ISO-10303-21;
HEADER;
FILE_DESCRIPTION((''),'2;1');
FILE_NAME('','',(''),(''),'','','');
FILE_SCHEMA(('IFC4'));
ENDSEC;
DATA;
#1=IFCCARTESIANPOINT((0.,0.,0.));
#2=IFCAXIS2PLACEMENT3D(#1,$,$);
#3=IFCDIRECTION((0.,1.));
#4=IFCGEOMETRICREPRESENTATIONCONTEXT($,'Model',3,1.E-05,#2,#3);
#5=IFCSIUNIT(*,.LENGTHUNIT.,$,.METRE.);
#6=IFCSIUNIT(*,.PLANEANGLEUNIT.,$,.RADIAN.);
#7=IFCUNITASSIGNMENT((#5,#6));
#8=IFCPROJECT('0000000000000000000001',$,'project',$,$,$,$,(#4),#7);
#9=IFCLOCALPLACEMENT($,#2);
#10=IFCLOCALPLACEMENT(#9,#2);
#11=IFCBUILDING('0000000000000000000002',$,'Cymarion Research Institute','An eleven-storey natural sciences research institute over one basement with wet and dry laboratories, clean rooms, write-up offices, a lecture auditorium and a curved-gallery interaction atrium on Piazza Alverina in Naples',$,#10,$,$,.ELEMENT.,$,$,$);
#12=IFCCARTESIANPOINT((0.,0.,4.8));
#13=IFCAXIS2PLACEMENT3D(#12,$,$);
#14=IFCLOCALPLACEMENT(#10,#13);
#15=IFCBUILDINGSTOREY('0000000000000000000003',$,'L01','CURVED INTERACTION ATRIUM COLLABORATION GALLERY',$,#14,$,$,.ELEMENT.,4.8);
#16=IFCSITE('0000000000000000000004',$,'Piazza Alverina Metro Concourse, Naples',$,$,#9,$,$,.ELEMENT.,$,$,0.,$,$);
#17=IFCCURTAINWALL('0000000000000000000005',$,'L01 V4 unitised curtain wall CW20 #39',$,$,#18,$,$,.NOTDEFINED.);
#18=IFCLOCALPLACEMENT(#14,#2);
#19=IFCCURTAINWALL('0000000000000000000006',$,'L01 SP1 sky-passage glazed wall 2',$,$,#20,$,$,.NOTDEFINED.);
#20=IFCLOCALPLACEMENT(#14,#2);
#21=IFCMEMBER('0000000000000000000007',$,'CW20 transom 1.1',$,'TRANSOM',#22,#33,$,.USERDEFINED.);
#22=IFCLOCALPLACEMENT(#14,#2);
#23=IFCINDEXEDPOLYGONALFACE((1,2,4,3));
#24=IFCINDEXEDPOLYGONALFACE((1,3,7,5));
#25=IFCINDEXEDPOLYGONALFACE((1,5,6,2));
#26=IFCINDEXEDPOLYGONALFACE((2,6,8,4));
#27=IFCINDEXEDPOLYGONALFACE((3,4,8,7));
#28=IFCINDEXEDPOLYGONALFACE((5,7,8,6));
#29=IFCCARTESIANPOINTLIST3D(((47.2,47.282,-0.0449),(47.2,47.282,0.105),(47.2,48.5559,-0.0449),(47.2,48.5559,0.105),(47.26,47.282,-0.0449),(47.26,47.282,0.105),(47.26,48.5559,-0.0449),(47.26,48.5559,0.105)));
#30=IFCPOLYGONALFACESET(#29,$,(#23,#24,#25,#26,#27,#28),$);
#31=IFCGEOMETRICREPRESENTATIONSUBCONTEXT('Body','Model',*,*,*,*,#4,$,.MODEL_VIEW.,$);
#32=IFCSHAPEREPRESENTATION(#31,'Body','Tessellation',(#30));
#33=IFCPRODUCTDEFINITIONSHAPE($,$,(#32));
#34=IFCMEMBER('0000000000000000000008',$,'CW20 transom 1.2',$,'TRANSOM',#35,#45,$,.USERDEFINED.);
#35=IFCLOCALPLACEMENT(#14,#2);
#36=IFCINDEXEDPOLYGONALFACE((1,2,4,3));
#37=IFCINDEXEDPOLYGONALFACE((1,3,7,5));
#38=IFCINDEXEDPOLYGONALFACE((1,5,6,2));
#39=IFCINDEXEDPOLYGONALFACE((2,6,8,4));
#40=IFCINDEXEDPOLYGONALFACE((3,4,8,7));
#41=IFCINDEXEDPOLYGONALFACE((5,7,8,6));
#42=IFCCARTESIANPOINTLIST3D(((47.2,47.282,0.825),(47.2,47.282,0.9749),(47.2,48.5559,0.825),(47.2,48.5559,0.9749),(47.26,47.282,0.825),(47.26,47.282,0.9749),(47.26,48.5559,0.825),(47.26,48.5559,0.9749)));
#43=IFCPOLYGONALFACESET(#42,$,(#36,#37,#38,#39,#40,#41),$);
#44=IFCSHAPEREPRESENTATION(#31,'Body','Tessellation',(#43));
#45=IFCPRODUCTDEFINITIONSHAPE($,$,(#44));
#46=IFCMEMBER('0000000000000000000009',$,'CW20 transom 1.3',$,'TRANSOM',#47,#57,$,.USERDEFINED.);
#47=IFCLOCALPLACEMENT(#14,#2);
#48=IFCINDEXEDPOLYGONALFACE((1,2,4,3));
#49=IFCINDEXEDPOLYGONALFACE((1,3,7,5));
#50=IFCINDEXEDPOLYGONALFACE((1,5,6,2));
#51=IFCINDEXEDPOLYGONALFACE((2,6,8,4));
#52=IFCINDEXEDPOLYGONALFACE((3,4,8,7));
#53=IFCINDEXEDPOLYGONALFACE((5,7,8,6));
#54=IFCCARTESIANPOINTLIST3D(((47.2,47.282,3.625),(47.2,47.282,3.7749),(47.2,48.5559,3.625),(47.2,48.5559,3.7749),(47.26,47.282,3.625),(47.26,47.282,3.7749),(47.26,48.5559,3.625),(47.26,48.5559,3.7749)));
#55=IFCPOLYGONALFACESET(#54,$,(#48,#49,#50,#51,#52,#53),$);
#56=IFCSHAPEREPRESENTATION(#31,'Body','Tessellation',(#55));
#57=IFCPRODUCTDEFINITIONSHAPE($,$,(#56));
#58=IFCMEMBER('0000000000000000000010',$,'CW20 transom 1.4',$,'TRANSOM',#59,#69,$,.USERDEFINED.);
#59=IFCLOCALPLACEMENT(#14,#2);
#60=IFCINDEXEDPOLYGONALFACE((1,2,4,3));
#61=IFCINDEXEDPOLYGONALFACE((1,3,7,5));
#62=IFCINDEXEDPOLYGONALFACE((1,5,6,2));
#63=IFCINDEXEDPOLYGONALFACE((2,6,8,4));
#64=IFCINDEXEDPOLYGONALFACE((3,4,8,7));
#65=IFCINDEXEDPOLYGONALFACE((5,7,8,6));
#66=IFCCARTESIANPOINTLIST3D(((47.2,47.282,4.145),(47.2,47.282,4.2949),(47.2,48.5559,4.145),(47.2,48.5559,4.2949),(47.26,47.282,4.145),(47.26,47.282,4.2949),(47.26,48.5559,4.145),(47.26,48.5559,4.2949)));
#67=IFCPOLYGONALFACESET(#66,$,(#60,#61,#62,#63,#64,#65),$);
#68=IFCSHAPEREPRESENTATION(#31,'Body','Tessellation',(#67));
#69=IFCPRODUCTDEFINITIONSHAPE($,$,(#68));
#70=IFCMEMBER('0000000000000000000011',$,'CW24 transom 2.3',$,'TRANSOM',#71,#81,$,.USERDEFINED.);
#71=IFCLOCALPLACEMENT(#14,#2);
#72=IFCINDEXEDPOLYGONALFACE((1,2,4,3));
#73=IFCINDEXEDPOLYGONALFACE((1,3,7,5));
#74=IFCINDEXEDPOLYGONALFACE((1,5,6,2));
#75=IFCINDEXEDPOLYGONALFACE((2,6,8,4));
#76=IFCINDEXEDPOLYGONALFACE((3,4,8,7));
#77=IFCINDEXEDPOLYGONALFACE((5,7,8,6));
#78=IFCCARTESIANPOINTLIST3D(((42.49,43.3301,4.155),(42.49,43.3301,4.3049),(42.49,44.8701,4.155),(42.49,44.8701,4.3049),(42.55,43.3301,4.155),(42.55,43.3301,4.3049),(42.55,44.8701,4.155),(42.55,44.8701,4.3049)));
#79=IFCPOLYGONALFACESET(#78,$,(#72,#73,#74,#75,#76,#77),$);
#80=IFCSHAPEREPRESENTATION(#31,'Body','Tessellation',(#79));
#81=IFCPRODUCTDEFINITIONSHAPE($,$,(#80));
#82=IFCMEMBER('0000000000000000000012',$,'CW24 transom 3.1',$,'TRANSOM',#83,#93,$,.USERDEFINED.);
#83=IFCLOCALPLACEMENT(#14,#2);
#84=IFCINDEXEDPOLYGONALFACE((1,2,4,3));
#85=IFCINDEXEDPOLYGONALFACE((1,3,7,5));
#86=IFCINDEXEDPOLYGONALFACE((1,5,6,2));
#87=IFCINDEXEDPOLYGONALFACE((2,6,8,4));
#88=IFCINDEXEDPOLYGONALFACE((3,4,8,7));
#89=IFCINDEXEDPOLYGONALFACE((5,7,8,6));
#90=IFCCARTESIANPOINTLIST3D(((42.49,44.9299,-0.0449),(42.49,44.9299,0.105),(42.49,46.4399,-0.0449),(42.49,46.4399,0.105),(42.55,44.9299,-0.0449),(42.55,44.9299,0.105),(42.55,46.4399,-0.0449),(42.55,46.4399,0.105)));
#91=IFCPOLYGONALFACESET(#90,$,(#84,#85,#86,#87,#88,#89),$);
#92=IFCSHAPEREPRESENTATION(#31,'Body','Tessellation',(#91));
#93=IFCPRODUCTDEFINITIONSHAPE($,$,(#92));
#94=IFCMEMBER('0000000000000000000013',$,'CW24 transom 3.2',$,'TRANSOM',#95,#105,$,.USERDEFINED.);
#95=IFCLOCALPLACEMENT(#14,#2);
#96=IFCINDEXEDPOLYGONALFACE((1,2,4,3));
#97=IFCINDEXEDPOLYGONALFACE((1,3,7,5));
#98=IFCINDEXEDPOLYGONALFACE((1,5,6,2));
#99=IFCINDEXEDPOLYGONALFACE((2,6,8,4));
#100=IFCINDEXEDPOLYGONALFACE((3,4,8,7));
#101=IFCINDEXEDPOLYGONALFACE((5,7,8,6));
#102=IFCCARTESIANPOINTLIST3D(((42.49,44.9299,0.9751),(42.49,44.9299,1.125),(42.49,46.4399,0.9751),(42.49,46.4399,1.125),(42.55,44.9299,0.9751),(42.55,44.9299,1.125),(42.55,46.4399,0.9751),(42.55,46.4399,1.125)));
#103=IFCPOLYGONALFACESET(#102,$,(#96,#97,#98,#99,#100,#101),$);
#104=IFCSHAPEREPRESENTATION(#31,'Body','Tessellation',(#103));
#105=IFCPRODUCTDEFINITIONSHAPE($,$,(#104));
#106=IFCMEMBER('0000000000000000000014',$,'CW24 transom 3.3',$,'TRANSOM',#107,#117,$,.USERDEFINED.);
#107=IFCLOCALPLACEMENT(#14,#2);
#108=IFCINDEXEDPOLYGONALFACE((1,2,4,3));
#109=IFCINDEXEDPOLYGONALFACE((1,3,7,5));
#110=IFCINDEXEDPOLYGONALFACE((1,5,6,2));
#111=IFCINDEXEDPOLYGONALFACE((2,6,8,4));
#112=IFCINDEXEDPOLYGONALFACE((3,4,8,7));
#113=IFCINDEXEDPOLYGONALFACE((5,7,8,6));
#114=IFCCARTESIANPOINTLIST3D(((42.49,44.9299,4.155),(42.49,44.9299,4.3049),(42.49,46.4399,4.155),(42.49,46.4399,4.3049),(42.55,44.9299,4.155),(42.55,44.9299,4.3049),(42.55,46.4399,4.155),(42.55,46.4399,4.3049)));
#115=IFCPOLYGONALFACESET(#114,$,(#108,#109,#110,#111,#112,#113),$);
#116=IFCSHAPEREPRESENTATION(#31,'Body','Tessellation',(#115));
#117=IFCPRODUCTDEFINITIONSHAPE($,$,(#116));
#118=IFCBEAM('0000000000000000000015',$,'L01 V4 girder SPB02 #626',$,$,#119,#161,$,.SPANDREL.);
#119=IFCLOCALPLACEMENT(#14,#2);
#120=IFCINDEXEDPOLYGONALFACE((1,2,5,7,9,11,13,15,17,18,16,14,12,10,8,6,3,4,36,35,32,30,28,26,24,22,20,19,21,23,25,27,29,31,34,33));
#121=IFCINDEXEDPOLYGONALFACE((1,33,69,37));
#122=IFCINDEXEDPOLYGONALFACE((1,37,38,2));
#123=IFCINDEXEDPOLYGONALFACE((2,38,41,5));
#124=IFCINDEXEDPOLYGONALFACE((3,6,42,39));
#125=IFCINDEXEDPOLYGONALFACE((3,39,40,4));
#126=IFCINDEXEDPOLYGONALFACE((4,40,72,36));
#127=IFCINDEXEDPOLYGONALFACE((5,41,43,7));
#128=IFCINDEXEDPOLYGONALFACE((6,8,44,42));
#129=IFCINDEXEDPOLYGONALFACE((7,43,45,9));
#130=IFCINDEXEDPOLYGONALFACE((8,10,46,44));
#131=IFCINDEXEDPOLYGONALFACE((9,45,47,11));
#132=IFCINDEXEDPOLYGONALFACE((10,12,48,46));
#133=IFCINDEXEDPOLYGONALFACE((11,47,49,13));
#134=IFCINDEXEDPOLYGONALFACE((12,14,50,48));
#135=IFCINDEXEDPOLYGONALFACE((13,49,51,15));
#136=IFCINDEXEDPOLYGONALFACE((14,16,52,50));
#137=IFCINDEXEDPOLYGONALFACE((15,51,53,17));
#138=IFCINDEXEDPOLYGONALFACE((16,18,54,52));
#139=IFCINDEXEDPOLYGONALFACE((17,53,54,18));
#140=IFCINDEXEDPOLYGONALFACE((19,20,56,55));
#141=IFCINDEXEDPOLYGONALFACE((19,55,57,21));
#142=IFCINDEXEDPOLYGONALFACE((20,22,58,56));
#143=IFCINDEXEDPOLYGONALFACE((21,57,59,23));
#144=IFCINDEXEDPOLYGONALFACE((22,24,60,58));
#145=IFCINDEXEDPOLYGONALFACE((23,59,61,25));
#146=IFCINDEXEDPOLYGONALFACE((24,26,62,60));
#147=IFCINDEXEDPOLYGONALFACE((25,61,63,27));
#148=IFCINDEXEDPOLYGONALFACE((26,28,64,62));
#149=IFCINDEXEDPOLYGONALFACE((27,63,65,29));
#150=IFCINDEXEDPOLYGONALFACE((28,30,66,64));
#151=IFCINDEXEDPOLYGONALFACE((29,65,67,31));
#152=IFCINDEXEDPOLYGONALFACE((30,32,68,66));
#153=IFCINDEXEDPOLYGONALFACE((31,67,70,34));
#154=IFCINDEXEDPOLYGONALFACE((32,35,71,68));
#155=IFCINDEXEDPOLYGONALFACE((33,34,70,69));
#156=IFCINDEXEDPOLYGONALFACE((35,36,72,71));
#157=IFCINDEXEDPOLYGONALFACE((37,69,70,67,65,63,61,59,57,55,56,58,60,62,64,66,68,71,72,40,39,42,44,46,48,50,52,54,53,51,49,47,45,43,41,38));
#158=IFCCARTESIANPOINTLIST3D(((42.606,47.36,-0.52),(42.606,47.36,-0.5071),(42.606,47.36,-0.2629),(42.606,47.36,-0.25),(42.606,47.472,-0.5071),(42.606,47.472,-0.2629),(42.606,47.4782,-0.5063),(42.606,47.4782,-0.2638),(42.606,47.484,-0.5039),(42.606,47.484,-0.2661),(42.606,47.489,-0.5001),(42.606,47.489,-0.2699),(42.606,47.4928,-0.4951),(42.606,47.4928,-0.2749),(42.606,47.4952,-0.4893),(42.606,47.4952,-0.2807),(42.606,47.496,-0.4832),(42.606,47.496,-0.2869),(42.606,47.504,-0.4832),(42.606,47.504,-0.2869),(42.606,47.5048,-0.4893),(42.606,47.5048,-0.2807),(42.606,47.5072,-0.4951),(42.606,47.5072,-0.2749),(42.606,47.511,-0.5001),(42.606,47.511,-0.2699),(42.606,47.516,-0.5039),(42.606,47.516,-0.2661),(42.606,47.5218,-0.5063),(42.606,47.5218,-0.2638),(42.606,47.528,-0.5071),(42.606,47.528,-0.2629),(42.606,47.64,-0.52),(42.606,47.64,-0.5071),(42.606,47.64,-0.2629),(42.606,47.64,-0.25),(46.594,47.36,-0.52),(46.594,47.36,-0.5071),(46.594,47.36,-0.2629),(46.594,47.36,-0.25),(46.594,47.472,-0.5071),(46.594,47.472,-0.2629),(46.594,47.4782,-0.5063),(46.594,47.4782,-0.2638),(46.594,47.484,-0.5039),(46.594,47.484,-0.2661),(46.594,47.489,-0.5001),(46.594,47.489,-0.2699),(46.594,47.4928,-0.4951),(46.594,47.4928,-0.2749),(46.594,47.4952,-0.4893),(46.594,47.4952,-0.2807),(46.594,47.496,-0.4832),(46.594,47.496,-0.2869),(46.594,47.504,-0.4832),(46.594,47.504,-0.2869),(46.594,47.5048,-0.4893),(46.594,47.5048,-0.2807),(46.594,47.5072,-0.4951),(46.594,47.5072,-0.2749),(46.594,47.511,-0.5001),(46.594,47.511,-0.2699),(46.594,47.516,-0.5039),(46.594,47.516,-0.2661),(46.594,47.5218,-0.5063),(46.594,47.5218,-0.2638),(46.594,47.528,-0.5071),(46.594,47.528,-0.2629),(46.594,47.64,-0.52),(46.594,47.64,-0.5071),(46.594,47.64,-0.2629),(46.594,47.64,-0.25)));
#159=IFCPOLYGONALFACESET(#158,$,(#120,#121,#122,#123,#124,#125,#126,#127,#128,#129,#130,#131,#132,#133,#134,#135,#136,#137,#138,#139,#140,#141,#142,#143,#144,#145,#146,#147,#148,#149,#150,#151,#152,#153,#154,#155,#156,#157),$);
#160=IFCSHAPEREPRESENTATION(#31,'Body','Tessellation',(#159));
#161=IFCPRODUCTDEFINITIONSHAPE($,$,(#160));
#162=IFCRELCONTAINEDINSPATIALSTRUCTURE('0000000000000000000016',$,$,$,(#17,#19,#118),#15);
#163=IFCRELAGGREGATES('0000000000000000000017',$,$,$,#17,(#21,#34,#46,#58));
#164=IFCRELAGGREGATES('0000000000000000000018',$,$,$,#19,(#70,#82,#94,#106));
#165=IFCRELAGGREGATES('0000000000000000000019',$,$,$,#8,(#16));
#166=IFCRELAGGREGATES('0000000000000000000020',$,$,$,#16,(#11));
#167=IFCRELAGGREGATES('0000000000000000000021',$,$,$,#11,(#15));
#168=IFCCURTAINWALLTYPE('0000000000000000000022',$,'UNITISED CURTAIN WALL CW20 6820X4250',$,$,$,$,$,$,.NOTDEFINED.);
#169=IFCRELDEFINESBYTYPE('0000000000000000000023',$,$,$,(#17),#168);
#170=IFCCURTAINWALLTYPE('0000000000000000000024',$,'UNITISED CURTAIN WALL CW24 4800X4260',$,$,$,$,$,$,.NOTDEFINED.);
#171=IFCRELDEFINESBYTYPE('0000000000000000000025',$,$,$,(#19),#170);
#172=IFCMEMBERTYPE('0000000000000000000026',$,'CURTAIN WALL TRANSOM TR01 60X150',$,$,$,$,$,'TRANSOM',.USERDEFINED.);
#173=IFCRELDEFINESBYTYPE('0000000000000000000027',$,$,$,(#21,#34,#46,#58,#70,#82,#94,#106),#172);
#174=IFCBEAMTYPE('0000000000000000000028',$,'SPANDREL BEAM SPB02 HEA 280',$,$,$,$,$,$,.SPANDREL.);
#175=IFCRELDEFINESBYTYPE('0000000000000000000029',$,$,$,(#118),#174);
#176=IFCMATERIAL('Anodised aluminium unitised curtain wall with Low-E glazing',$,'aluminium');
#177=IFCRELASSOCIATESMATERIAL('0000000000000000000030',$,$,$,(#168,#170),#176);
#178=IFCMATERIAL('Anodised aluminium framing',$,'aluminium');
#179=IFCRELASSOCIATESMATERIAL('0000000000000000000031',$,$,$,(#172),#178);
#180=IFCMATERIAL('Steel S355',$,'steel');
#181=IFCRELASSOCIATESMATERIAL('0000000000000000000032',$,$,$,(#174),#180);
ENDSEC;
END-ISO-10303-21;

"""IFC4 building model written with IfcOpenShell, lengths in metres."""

from ifc_helpers import new_model, si_unit, direction, frame, origin, origin_2d, place, context, subcontext, project, spatial, rectangle, i_section, extrude, material, material_profile, profile_set, type_object, element, aggregate, save


model = new_model("IFC4")

# Units and contexts
model_context = context("Model", 3, precision=1e-05, world=origin(), true_north=direction((0.0, 1.0)))
body_context = subcontext(model_context, "Body", "Model", "MODEL_VIEW")
ifc_project = project(units=[si_unit("LENGTHUNIT", "METRE"), si_unit("PLANEANGLEUNIT", "RADIAN")], contexts=[model_context])

# Site, building, storey
site_placement = place(None, origin())
site = spatial("IfcSite", under=ifc_project, at=site_placement, Name="Piazza Alverina Metro Concourse, Naples", CompositionType="ELEMENT", RefElevation=0.0)
building_placement = place(site_placement, origin())
building = spatial("IfcBuilding", under=site, at=building_placement, Name="Cymarion Research Institute", Description="An eleven-storey natural sciences research institute over one basement with wet and dry laboratories, clean rooms, write-up offices, a lecture auditorium and a curved-gallery interaction atrium on Piazza Alverina in Naples", CompositionType="ELEMENT")
storey_placement = place(building_placement, frame((0.0, 0.0, 4.8)))
storey = spatial("IfcBuildingStorey", under=building, at=storey_placement, Name="L01", Description="CURVED INTERACTION ATRIUM COLLABORATION GALLERY", CompositionType="ELEMENT", Elevation=4.8)

# Shared definitions
ifc_material_1 = material(Name="Steel S355", Category="steel")

# Curtain wall
ifc_material_2 = material(Name="Anodised aluminium unitised curtain wall with Low-E glazing", Category="aluminium")
curtain_wall_type_1 = type_object("IfcCurtainWallType", Name="UNITISED CURTAIN WALL CW20 6820X4250", PredefinedType="NOTDEFINED", material=ifc_material_2)
curtain_wall_1_placement = place(storey_placement, origin())
curtain_wall_1 = element("IfcCurtainWall", 1, at=curtain_wall_1_placement, inside=storey, type_object=curtain_wall_type_1, Name="L01 V4 unitised curtain wall CW20 #39", PredefinedType="NOTDEFINED")
ifc_material_3 = material(Name="Anodised aluminium framing", Category="aluminium")

# Curtain wall
curtain_wall_type_2 = type_object("IfcCurtainWallType", Name="UNITISED CURTAIN WALL CW24 4800X4260", PredefinedType="NOTDEFINED", material=ifc_material_2)
curtain_wall_2_placement = place(storey_placement, origin())
curtain_wall_2 = element("IfcCurtainWall", 2, at=curtain_wall_2_placement, inside=storey, type_object=curtain_wall_type_2, Name="L01 SP1 sky-passage glazed wall 2", PredefinedType="NOTDEFINED")

# Members
ifc_material_profile_1 = material_profile(ifc_material_3, rectangle(XDim=0.0601, YDim=0.1499, at=origin_2d()), Name="ALU TRANSOM 60x150")
ifc_profile_set_1 = profile_set([ifc_material_profile_1], Name="Anodised aluminium framing")
member_type_1 = type_object("IfcMemberType", Name="CURTAIN WALL TRANSOM TR01 60X150", ElementType="TRANSOM", PredefinedType="USERDEFINED", material=ifc_profile_set_1)
member_1_placement = place(storey_placement, frame((47.23, 47.282, 0.03), z_axis=(0.0, 1.0, 0.0), x_axis=(-1.0, 0.0, 0.0)))
member_1 = element("IfcMember", 3, at=member_1_placement, type_object=member_type_1, Name="CW20 transom 1.1", ObjectType="TRANSOM", PredefinedType="USERDEFINED", context=body_context, shape_type="SweptSolid", body=[
    extrude(rectangle(XDim=0.0601, YDim=0.1499, at=origin_2d()), origin(), (0.0, 0.0, 1.0), 1.2739),
])
member_2_placement = place(storey_placement, frame((47.23, 47.282, 0.8999), z_axis=(0.0, 1.0, 0.0), x_axis=(-1.0, 0.0, 0.0)))
member_2 = element("IfcMember", 4, at=member_2_placement, type_object=member_type_1, Name="CW20 transom 1.2", ObjectType="TRANSOM", PredefinedType="USERDEFINED", context=body_context, shape_type="SweptSolid", body=[
    extrude(rectangle(XDim=0.0601, YDim=0.1499, at=origin_2d()), origin(), (0.0, 0.0, 1.0), 1.2739),
])
member_3_placement = place(storey_placement, frame((47.23, 47.282, 3.7), z_axis=(0.0, 1.0, 0.0), x_axis=(-1.0, 0.0, 0.0)))
member_3 = element("IfcMember", 5, at=member_3_placement, type_object=member_type_1, Name="CW20 transom 1.3", ObjectType="TRANSOM", PredefinedType="USERDEFINED", context=body_context, shape_type="SweptSolid", body=[
    extrude(rectangle(XDim=0.0601, YDim=0.1499, at=origin_2d()), origin(), (0.0, 0.0, 1.0), 1.2739),
])
member_4_placement = place(storey_placement, frame((47.23, 47.282, 4.22), z_axis=(0.0, 1.0, 0.0), x_axis=(-1.0, 0.0, 0.0)))
member_4 = element("IfcMember", 6, at=member_4_placement, type_object=member_type_1, Name="CW20 transom 1.4", ObjectType="TRANSOM", PredefinedType="USERDEFINED", context=body_context, shape_type="SweptSolid", body=[
    extrude(rectangle(XDim=0.0601, YDim=0.1499, at=origin_2d()), origin(), (0.0, 0.0, 1.0), 1.2739),
])
aggregate(curtain_wall_1, [member_1, member_2, member_3, member_4])
member_5_placement = place(storey_placement, frame((42.52, 43.3301, 4.23), z_axis=(0.0, 1.0, 0.0), x_axis=(-1.0, 0.0, 0.0)))
member_5 = element("IfcMember", 7, at=member_5_placement, type_object=member_type_1, Name="CW24 transom 2.3", ObjectType="TRANSOM", PredefinedType="USERDEFINED", context=body_context, shape_type="SweptSolid", body=[
    extrude(rectangle(XDim=0.0601, YDim=0.1499, at=origin_2d()), origin(), (0.0, 0.0, 1.0), 1.54),
])
member_6_placement = place(storey_placement, frame((42.52, 44.9299, 0.03), z_axis=(0.0, 1.0, 0.0), x_axis=(-1.0, 0.0, 0.0)))
member_6 = element("IfcMember", 8, at=member_6_placement, type_object=member_type_1, Name="CW24 transom 3.1", ObjectType="TRANSOM", PredefinedType="USERDEFINED", context=body_context, shape_type="SweptSolid", body=[
    extrude(rectangle(XDim=0.0601, YDim=0.1499, at=origin_2d()), origin(), (0.0, 0.0, 1.0), 1.51),
])
member_7_placement = place(storey_placement, frame((42.52, 44.9299, 1.05), z_axis=(0.0, 1.0, 0.0), x_axis=(-1.0, 0.0, 0.0)))
member_7 = element("IfcMember", 9, at=member_7_placement, type_object=member_type_1, Name="CW24 transom 3.2", ObjectType="TRANSOM", PredefinedType="USERDEFINED", context=body_context, shape_type="SweptSolid", body=[
    extrude(rectangle(XDim=0.0601, YDim=0.1499, at=origin_2d()), origin(), (0.0, 0.0, 1.0), 1.51),
])
member_8_placement = place(storey_placement, frame((42.52, 44.9299, 4.23), z_axis=(0.0, 1.0, 0.0), x_axis=(-1.0, 0.0, 0.0)))
member_8 = element("IfcMember", 10, at=member_8_placement, type_object=member_type_1, Name="CW24 transom 3.3", ObjectType="TRANSOM", PredefinedType="USERDEFINED", context=body_context, shape_type="SweptSolid", body=[
    extrude(rectangle(XDim=0.0601, YDim=0.1499, at=origin_2d()), origin(), (0.0, 0.0, 1.0), 1.51),
])

# Beam
ifc_material_profile_2 = material_profile(ifc_material_1, i_section(OverallWidth=0.28, OverallDepth=0.27, WebThickness=0.0081, FlangeThickness=0.0129, FilletRadius=0.0239, at=origin_2d()), Name="HEA 280")
ifc_profile_set_2 = profile_set([ifc_material_profile_2], Name="Steel S355")
beam_type_1 = type_object("IfcBeamType", Name="SPANDREL BEAM SPB02 HEA 280", PredefinedType="SPANDREL", material=ifc_profile_set_2)
beam_1_placement = place(storey_placement, frame((42.606, 47.5, -0.385), z_axis=(1.0, 0.0, 0.0), x_axis=(0.0, 1.0, 0.0)))
element("IfcBeam", 11, at=beam_1_placement, inside=storey, type_object=beam_type_1, Name="L01 V4 girder SPB02 #626", PredefinedType="SPANDREL", context=body_context, shape_type="SweptSolid", body=[
    extrude(i_section(OverallWidth=0.28, OverallDepth=0.27, WebThickness=0.0081, FlangeThickness=0.0129, FilletRadius=0.0239, at=origin_2d()), origin(), (0.0, 0.0, 1.0), 3.988),
])

aggregate(curtain_wall_2, [member_5, member_6, member_7, member_8])

save(model, "model.ifc")
